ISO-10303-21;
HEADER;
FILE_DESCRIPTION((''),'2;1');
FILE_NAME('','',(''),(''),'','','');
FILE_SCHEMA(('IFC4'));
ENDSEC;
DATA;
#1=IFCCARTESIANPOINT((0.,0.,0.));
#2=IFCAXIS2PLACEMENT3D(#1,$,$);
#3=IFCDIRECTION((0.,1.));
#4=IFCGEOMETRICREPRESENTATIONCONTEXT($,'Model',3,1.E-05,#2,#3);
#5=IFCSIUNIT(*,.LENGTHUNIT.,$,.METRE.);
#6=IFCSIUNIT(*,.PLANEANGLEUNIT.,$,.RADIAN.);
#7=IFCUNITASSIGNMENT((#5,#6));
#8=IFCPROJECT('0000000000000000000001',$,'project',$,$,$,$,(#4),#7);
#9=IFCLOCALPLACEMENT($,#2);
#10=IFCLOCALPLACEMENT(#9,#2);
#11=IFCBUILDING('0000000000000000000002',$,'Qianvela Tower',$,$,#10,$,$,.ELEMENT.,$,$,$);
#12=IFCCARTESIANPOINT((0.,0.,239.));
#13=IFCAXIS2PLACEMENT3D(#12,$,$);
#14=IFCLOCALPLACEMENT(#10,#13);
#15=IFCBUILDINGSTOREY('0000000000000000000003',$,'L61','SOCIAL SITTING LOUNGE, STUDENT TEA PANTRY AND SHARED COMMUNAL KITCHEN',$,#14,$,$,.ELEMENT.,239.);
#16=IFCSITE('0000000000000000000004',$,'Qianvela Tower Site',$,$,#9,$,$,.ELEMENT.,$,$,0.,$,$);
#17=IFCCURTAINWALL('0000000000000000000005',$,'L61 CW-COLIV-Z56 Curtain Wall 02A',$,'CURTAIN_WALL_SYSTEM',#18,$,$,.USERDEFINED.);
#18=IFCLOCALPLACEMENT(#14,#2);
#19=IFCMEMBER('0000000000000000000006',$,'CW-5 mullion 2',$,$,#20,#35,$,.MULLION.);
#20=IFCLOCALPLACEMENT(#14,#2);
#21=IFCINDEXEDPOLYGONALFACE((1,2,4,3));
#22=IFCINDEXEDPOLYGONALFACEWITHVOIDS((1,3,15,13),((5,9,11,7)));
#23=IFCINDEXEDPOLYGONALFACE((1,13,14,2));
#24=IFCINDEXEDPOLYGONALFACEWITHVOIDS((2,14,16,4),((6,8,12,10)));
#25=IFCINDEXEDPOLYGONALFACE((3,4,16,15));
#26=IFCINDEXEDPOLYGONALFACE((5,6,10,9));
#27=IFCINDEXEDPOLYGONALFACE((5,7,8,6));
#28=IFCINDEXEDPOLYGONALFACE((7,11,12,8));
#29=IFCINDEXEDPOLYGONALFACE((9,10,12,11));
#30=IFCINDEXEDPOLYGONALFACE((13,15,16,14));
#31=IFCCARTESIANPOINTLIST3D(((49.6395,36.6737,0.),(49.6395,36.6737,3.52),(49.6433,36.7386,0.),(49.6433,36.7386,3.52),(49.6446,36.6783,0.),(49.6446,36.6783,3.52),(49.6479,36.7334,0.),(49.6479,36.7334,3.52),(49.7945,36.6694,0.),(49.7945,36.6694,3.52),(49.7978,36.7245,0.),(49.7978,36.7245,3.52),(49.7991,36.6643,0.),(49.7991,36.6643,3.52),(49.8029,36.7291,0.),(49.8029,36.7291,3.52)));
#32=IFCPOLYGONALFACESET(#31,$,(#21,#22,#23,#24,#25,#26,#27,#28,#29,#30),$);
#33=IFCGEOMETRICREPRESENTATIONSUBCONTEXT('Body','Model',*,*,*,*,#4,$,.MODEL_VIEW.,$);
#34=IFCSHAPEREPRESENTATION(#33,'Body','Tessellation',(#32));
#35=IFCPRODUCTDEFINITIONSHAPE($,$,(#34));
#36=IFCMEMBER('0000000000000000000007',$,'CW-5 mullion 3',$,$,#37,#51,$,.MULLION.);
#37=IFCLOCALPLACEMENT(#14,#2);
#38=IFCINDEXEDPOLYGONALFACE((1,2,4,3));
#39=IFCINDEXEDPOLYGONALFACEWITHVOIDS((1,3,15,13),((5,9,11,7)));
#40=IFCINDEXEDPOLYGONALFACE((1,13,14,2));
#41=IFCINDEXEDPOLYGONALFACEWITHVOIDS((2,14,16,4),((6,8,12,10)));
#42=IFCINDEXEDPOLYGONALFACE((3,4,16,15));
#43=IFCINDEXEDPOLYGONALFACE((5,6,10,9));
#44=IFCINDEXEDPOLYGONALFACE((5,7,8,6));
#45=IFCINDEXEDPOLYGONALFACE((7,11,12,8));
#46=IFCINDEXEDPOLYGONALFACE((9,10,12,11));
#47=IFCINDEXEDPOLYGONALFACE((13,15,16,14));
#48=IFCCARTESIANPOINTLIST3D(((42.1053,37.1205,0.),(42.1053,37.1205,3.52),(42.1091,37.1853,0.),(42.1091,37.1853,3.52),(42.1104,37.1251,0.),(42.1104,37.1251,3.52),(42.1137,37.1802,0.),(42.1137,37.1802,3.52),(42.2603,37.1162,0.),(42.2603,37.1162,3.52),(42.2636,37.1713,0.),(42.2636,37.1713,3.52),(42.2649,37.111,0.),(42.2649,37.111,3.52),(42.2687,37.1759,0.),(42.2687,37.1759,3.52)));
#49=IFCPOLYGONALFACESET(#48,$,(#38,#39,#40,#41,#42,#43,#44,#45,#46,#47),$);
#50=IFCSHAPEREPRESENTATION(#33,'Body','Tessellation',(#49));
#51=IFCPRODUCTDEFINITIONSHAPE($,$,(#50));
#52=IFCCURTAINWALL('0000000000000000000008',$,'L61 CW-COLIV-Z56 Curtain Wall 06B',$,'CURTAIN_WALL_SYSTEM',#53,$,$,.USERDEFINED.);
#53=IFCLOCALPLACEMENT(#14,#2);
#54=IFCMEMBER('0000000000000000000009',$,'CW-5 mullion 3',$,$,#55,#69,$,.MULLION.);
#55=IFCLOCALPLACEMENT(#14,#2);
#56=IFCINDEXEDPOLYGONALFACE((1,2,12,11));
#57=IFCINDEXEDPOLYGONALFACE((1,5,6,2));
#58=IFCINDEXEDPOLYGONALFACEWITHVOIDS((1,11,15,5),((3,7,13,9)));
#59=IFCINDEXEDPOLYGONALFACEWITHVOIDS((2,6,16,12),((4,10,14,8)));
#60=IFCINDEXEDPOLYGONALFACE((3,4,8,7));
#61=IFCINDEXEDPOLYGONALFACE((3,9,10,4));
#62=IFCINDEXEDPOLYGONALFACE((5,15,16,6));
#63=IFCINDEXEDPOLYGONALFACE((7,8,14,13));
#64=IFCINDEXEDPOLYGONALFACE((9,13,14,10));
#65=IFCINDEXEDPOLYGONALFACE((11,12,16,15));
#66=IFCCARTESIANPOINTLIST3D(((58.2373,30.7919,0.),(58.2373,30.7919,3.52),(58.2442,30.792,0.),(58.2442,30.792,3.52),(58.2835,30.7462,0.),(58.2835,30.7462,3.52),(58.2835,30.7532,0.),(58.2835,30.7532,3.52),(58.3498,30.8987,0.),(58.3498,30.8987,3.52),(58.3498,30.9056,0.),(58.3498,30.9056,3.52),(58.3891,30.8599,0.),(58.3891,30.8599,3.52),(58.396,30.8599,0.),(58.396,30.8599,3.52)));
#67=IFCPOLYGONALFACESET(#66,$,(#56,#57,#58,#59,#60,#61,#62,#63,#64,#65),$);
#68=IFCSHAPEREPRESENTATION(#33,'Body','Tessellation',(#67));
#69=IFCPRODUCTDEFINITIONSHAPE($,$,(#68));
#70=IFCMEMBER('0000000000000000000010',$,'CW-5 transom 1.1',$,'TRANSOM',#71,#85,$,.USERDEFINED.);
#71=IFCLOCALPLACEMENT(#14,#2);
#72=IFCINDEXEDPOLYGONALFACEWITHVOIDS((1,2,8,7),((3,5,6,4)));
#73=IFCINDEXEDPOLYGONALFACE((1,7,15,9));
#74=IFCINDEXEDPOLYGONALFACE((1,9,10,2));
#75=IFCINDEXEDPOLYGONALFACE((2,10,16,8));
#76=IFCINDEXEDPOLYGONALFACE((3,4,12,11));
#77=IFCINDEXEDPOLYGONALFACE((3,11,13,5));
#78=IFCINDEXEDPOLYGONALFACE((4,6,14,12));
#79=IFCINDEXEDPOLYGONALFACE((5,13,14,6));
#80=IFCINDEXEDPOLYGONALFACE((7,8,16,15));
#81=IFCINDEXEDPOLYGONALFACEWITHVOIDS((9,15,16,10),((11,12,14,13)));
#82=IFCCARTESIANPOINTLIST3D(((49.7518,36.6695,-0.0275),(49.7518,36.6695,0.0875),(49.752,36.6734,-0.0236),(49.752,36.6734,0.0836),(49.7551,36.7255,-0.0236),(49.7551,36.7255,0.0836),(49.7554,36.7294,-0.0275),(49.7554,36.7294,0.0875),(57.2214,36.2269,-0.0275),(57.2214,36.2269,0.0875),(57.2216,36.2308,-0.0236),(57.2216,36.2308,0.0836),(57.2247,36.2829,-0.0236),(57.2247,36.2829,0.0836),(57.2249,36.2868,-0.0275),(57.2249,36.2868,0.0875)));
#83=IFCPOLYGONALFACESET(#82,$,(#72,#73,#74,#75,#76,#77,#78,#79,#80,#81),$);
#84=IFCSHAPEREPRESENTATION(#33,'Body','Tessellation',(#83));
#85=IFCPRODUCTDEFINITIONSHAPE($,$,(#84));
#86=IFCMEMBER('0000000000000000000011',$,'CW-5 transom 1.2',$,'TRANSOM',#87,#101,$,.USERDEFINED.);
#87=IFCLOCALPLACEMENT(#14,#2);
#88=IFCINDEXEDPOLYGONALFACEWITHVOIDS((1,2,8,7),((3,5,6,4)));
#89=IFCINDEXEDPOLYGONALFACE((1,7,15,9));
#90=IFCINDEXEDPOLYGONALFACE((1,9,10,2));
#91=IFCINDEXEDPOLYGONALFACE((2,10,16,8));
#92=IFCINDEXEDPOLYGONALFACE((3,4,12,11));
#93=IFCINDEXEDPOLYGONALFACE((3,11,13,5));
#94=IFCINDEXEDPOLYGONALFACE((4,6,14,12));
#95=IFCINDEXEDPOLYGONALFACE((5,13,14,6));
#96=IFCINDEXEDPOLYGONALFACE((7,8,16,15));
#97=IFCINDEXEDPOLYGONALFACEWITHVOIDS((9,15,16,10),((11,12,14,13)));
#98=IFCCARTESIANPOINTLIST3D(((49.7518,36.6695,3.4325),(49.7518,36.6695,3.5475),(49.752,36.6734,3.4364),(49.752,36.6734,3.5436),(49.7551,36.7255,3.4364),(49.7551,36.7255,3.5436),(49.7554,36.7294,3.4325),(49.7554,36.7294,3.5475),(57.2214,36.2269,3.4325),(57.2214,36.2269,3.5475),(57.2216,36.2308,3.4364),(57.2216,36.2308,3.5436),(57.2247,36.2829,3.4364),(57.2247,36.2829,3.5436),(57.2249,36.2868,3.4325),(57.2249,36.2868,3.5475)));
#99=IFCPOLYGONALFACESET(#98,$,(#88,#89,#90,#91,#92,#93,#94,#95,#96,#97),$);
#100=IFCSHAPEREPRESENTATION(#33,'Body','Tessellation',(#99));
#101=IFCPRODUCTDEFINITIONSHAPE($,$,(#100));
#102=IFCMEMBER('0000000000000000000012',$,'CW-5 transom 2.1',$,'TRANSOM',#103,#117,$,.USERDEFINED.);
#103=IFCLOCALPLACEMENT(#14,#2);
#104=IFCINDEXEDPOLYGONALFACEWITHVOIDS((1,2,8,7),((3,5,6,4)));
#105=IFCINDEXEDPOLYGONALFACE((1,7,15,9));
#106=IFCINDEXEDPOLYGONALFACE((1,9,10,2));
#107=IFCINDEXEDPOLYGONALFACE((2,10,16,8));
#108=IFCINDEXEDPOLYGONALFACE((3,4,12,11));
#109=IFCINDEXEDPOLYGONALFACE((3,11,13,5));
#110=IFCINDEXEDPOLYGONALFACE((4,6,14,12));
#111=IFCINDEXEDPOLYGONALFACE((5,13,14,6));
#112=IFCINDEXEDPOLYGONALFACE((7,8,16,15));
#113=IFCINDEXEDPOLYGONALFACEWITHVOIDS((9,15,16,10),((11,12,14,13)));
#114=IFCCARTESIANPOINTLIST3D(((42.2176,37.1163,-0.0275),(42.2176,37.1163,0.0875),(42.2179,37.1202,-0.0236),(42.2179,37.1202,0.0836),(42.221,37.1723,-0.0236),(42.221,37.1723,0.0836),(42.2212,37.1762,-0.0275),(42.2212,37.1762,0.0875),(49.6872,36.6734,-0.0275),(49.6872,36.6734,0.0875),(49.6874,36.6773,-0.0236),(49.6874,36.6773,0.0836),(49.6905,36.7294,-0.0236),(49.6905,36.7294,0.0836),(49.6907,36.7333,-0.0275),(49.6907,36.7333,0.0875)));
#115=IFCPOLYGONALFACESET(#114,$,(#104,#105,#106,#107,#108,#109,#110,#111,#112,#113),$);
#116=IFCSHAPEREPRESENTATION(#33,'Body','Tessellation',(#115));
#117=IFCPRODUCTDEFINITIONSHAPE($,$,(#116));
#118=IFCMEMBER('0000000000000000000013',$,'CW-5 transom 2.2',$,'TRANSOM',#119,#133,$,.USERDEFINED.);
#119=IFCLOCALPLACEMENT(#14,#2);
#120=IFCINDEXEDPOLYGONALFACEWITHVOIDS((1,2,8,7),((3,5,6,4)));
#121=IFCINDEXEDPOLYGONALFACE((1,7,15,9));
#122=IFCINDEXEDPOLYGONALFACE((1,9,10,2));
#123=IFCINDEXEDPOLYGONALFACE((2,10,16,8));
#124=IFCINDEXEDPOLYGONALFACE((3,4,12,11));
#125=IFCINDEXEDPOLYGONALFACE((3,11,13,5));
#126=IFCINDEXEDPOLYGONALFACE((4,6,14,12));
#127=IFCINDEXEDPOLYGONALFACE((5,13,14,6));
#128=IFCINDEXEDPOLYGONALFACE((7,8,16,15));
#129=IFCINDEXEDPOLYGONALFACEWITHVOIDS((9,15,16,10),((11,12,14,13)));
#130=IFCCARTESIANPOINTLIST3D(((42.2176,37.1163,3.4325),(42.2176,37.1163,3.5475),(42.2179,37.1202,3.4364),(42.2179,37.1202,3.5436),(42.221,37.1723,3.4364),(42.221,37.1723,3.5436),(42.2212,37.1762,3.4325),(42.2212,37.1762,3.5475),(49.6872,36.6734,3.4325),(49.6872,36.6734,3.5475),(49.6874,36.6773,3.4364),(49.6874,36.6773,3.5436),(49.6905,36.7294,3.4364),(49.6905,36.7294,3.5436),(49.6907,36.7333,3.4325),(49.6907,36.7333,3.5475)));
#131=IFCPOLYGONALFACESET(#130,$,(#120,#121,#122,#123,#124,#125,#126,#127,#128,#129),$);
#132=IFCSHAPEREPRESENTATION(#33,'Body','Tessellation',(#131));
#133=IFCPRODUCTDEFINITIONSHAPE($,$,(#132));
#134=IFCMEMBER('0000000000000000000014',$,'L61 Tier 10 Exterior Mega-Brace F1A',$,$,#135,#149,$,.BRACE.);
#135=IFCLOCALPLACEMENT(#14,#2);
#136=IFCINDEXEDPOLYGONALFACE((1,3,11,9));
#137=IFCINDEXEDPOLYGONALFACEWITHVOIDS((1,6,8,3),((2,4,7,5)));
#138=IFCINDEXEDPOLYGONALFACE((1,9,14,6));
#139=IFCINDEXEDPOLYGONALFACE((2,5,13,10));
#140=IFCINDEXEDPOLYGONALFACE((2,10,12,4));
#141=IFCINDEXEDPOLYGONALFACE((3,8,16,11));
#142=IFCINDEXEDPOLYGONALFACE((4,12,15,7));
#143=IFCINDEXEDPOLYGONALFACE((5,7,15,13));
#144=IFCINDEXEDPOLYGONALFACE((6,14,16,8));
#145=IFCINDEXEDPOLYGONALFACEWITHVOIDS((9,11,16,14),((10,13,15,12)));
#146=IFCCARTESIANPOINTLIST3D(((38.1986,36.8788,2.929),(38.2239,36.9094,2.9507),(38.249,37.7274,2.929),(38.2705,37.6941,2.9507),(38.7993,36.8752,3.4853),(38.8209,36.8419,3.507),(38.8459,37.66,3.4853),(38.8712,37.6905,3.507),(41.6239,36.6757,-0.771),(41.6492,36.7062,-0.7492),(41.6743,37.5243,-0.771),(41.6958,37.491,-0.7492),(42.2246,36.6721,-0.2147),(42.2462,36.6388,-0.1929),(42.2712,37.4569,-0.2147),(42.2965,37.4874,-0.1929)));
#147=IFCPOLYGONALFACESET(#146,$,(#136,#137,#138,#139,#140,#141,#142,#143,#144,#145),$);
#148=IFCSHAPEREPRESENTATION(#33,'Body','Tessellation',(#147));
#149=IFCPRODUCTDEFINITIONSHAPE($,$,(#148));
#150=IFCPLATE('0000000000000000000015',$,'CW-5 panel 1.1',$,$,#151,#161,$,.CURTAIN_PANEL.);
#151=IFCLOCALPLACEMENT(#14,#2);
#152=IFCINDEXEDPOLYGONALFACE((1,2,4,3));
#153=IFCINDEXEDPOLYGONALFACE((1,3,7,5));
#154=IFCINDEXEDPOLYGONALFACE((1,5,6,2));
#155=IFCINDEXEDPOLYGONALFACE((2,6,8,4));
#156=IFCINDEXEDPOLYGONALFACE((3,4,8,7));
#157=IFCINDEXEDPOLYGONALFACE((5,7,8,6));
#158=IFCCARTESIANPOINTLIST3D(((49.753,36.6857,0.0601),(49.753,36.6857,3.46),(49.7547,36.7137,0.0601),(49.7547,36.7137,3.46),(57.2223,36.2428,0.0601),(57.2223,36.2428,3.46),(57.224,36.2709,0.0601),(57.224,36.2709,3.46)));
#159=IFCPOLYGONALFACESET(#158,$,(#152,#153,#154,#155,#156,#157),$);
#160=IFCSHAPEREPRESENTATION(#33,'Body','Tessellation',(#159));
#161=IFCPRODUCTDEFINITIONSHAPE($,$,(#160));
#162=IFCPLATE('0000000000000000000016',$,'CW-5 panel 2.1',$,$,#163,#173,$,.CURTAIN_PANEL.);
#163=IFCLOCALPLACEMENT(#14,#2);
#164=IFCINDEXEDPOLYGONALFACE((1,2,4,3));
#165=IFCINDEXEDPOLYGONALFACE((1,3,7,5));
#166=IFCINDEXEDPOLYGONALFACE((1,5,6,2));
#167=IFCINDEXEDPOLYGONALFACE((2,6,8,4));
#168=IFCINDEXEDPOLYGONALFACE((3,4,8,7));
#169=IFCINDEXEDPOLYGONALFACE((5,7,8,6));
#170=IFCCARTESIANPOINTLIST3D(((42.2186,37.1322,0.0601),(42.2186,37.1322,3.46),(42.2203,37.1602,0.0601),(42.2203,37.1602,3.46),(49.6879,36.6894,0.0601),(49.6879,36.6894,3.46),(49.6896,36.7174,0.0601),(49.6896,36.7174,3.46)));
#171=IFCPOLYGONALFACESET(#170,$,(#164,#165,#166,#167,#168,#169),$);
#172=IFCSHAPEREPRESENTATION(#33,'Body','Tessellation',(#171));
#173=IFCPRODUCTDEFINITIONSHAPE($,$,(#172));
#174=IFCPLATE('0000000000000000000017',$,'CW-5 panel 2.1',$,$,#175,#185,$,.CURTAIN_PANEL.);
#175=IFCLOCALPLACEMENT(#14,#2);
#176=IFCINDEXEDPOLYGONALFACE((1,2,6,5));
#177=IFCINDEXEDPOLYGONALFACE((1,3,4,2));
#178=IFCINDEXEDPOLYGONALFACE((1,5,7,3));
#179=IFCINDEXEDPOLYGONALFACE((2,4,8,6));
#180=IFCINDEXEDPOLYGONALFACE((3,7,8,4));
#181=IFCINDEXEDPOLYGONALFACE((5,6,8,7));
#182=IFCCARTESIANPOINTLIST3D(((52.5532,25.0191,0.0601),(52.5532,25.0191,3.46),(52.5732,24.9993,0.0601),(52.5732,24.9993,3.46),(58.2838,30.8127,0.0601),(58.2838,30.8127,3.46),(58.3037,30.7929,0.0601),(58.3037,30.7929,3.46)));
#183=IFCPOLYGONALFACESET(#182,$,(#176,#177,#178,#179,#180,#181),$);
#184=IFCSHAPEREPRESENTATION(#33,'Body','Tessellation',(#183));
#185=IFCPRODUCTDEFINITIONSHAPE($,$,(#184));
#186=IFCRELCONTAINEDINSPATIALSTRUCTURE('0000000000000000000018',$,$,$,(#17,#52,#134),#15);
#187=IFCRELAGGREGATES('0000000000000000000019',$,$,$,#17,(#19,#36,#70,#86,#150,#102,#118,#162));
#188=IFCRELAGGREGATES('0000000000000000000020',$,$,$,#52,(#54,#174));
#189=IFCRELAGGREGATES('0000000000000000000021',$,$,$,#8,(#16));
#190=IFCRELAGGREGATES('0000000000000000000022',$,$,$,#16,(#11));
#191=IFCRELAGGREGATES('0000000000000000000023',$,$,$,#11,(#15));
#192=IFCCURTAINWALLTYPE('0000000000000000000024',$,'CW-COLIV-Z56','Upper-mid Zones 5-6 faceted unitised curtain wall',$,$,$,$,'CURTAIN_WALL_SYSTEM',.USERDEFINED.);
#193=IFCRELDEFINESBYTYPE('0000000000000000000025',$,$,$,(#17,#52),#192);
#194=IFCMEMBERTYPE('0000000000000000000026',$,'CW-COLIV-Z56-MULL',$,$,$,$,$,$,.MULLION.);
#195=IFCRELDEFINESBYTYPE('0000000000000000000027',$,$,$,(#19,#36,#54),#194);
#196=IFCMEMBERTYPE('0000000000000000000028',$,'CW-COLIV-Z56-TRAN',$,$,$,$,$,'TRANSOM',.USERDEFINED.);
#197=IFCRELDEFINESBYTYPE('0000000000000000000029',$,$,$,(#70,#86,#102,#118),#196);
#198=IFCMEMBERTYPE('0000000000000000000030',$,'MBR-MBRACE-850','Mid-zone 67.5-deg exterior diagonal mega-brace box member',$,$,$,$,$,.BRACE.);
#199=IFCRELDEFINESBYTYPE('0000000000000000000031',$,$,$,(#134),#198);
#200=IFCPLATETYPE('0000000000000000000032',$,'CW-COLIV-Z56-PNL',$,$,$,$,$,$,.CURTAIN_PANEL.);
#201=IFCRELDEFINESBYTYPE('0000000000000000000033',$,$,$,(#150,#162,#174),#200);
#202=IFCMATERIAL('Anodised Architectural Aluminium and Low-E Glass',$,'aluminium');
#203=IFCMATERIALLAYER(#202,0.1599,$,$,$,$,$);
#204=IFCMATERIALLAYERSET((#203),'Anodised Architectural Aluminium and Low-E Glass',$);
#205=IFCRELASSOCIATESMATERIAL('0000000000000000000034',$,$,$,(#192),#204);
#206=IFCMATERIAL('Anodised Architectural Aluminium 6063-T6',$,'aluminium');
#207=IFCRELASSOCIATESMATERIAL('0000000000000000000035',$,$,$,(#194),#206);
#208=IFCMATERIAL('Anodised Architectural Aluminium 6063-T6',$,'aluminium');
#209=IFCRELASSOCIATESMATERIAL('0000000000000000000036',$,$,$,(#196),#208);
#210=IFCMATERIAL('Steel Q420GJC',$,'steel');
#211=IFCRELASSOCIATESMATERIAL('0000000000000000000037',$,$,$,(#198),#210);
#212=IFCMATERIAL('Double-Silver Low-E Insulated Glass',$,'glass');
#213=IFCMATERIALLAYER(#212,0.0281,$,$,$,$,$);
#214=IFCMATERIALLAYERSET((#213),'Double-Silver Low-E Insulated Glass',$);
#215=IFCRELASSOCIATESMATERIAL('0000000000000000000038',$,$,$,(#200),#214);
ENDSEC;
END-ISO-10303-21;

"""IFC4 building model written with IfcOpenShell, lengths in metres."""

from ifc_helpers import new_model, si_unit, direction, frame, origin, origin_2d, place, context, subcontext, project, spatial, rectangle, hollow_rectangle, extrude, material, layer, layer_set, material_profile, profile_set, type_object, element, aggregate, save


model = new_model("IFC4")

# Units and contexts
model_context = context("Model", 3, precision=1e-05, world=origin(), true_north=direction((0.0, 1.0)))
body_context = subcontext(model_context, "Body", "Model", "MODEL_VIEW")
ifc_project = project(units=[si_unit("LENGTHUNIT", "METRE"), si_unit("PLANEANGLEUNIT", "RADIAN")], contexts=[model_context])

# Site, building, storey
site_placement = place(None, origin())
site = spatial("IfcSite", under=ifc_project, at=site_placement, Name="Qianvela Tower Site", CompositionType="ELEMENT", RefElevation=0.0)
building_placement = place(site_placement, origin())
building = spatial("IfcBuilding", under=site, at=building_placement, Name="Qianvela Tower", CompositionType="ELEMENT")
storey_placement = place(building_placement, frame((0.0, 0.0, 239.0)))
storey = spatial("IfcBuildingStorey", under=building, at=storey_placement, Name="L61", Description="SOCIAL SITTING LOUNGE, STUDENT TEA PANTRY AND SHARED COMMUNAL KITCHEN", CompositionType="ELEMENT", Elevation=239.0)

# Curtain wall, members
ifc_material_1 = material(Name="Anodised Architectural Aluminium and Low-E Glass", Category="aluminium")
ifc_layer_1 = layer(ifc_material_1, 0.1599)
ifc_layer_set_1 = layer_set([ifc_layer_1], Name="Anodised Architectural Aluminium and Low-E Glass")
curtain_wall_type_1 = type_object("IfcCurtainWallType", Name="CW-COLIV-Z56", Description="Upper-mid Zones 5-6 faceted unitised curtain wall", ElementType="CURTAIN_WALL_SYSTEM", PredefinedType="USERDEFINED", material=ifc_layer_set_1)
curtain_wall_1_placement = place(storey_placement, origin())
curtain_wall_1 = element("IfcCurtainWall", 1, at=curtain_wall_1_placement, inside=storey, type_object=curtain_wall_type_1, Name="L61 CW-COLIV-Z56 Curtain Wall 02A", ObjectType="CURTAIN_WALL_SYSTEM", PredefinedType="USERDEFINED")
ifc_material_2 = material(Name="Anodised Architectural Aluminium 6063-T6", Category="aluminium")
ifc_material_profile_1 = material_profile(ifc_material_2, hollow_rectangle(XDim=0.0649, YDim=0.1599, WallThickness=0.0049, at=origin_2d()), Name="ALU-MULL-65x160")
ifc_profile_set_1 = profile_set([ifc_material_profile_1], Name="Anodised Architectural Aluminium 6063-T6")
member_type_1 = type_object("IfcMemberType", Name="CW-COLIV-Z56-MULL", PredefinedType="MULLION", material=ifc_profile_set_1)
member_1_placement = place(storey_placement, frame((49.7212, 36.7014, 0.0), z_axis=(0.0, 0.0, 1.0), x_axis=(-0.059182, -0.998247, 0.0)))
member_1 = element("IfcMember", 2, at=member_1_placement, type_object=member_type_1, Name="CW-5 mullion 2", PredefinedType="MULLION", context=body_context, shape_type="SweptSolid", body=[
    extrude(hollow_rectangle(XDim=0.0649, YDim=0.1599, WallThickness=0.0049, at=origin_2d()), origin(), (0.0, 0.0, 1.0), 3.52),
])
member_2_placement = place(storey_placement, frame((42.187, 37.1482, 0.0), z_axis=(0.0, 0.0, 1.0), x_axis=(-0.059182, -0.998247, 0.0)))
member_2 = element("IfcMember", 3, at=member_2_placement, type_object=member_type_1, Name="CW-5 mullion 3", PredefinedType="MULLION", context=body_context, shape_type="SweptSolid", body=[
    extrude(hollow_rectangle(XDim=0.0649, YDim=0.1599, WallThickness=0.0049, at=origin_2d()), origin(), (0.0, 0.0, 1.0), 3.52),
])

# Curtain wall, member
curtain_wall_2_placement = place(storey_placement, origin())
curtain_wall_2 = element("IfcCurtainWall", 4, at=curtain_wall_2_placement, inside=storey, type_object=curtain_wall_type_1, Name="L61 CW-COLIV-Z56 Curtain Wall 06B", ObjectType="CURTAIN_WALL_SYSTEM", PredefinedType="USERDEFINED")
member_3_placement = place(storey_placement, frame((58.3167, 30.8259, 0.0), z_axis=(0.0, 0.0, 1.0), x_axis=(-0.710962, 0.703231, 0.0)))
member_3 = element("IfcMember", 5, at=member_3_placement, type_object=member_type_1, Name="CW-5 mullion 3", PredefinedType="MULLION", context=body_context, shape_type="SweptSolid", body=[
    extrude(hollow_rectangle(XDim=0.0649, YDim=0.1599, WallThickness=0.0049, at=origin_2d()), origin(), (0.0, 0.0, 1.0), 3.52),
])

# Members
ifc_material_3 = material(Name="Anodised Architectural Aluminium 6063-T6", Category="aluminium")
ifc_material_profile_2 = material_profile(ifc_material_3, hollow_rectangle(XDim=0.0601, YDim=0.115, WallThickness=0.0039, at=origin_2d()), Name="ALU-TRAN-60x115")
ifc_profile_set_2 = profile_set([ifc_material_profile_2], Name="Anodised Architectural Aluminium 6063-T6")
member_type_2 = type_object("IfcMemberType", Name="CW-COLIV-Z56-TRAN", ElementType="TRANSOM", PredefinedType="USERDEFINED", material=ifc_profile_set_2)
member_4_placement = place(storey_placement, frame((57.2231, 36.2568, 0.03), z_axis=(-0.998249, 0.059154, 0.0), x_axis=(-0.059154, -0.998249, 0.0)))
member_4 = element("IfcMember", 6, at=member_4_placement, type_object=member_type_2, Name="CW-5 transom 1.1", ObjectType="TRANSOM", PredefinedType="USERDEFINED", context=body_context, shape_type="SweptSolid", body=[
    extrude(hollow_rectangle(XDim=0.0601, YDim=0.115, WallThickness=0.0039, at=origin_2d()), origin(), (0.0, 0.0, 1.0), 7.4827),
])
member_5_placement = place(storey_placement, frame((57.2231, 36.2568, 3.49), z_axis=(-0.998249, 0.059154, 0.0), x_axis=(-0.059154, -0.998249, 0.0)))
member_5 = element("IfcMember", 7, at=member_5_placement, type_object=member_type_2, Name="CW-5 transom 1.2", ObjectType="TRANSOM", PredefinedType="USERDEFINED", context=body_context, shape_type="SweptSolid", body=[
    extrude(hollow_rectangle(XDim=0.0601, YDim=0.115, WallThickness=0.0039, at=origin_2d()), origin(), (0.0, 0.0, 1.0), 7.4827),
])
member_6_placement = place(storey_placement, frame((49.689, 36.7034, 0.03), z_axis=(-0.998247, 0.059187, 0.0), x_axis=(-0.059187, -0.998247, 0.0)))
member_6 = element("IfcMember", 8, at=member_6_placement, type_object=member_type_2, Name="CW-5 transom 2.1", ObjectType="TRANSOM", PredefinedType="USERDEFINED", context=body_context, shape_type="SweptSolid", body=[
    extrude(hollow_rectangle(XDim=0.0601, YDim=0.115, WallThickness=0.0039, at=origin_2d()), origin(), (0.0, 0.0, 1.0), 7.4827),
])
member_7_placement = place(storey_placement, frame((49.689, 36.7034, 3.49), z_axis=(-0.998247, 0.059187, 0.0), x_axis=(-0.059187, -0.998247, 0.0)))
member_7 = element("IfcMember", 9, at=member_7_placement, type_object=member_type_2, Name="CW-5 transom 2.2", ObjectType="TRANSOM", PredefinedType="USERDEFINED", context=body_context, shape_type="SweptSolid", body=[
    extrude(hollow_rectangle(XDim=0.0601, YDim=0.115, WallThickness=0.0039, at=origin_2d()), origin(), (0.0, 0.0, 1.0), 7.4827),
])
ifc_material_4 = material(Name="Steel Q420GJC", Category="steel")
ifc_material_profile_3 = material_profile(ifc_material_4, hollow_rectangle(XDim=0.8501, YDim=0.8501, WallThickness=0.032, at=origin_2d()), Name="MBOX-850x850x32")
ifc_profile_set_3 = profile_set([ifc_material_profile_3], Name="Steel Q420GJC")
member_type_3 = type_object("IfcMemberType", Name="MBR-MBRACE-850", Description="Mid-zone 67.5-deg exterior diagonal mega-brace box member", PredefinedType="BRACE", material=ifc_profile_set_3)
member_8_placement = place(storey_placement, frame((41.9602, 37.0815, -0.4819), z_axis=(-0.678795, 0.040254, 0.733224), x_axis=(-0.059197, -0.998246, 0.0)))
element("IfcMember", 10, at=member_8_placement, inside=storey, type_object=member_type_3, Name="L61 Tier 10 Exterior Mega-Brace F1A", PredefinedType="BRACE", context=body_context, shape_type="SweptSolid", body=[
    extrude(hollow_rectangle(XDim=0.8501, YDim=0.8501, WallThickness=0.032, at=origin_2d()), origin(), (0.0, 0.0, 1.0), 5.0461),
])

# Plates
ifc_material_5 = material(Name="Double-Silver Low-E Insulated Glass", Category="glass")
ifc_layer_2 = layer(ifc_material_5, 0.0281)
ifc_layer_set_2 = layer_set([ifc_layer_2], Name="Double-Silver Low-E Insulated Glass")
plate_type_1 = type_object("IfcPlateType", Name="CW-COLIV-Z56-PNL", PredefinedType="CURTAIN_PANEL", material=ifc_layer_set_2)
plate_1_placement = place(storey_placement, frame((53.4885, 36.4783, 0.0601), z_axis=(0.0, 0.0, 1.0), x_axis=(-0.998247, 0.059182, 0.0)))
plate_1 = element("IfcPlate", 11, at=plate_1_placement, type_object=plate_type_1, Name="CW-5 panel 1.1", PredefinedType="CURTAIN_PANEL", context=body_context, shape_type="SweptSolid", body=[
    extrude(rectangle(XDim=7.4824, YDim=0.0281, at=origin_2d()), origin(), (0.0, 0.0, 1.0), 3.3999),
])
plate_2_placement = place(storey_placement, frame((45.9541, 36.9248, 0.0601), z_axis=(0.0, 0.0, 1.0), x_axis=(-0.998247, 0.059182, 0.0)))
plate_2 = element("IfcPlate", 12, at=plate_2_placement, type_object=plate_type_1, Name="CW-5 panel 2.1", PredefinedType="CURTAIN_PANEL", context=body_context, shape_type="SweptSolid", body=[
    extrude(rectangle(XDim=7.4824, YDim=0.0281, at=origin_2d()), origin(), (0.0, 0.0, 1.0), 3.3999),
])
aggregate(curtain_wall_1, [member_1, member_2, member_4, member_5, plate_1, member_6, member_7, plate_2])
plate_3_placement = place(storey_placement, frame((55.4285, 27.906, 0.0601), z_axis=(0.0, 0.0, 1.0), x_axis=(0.703231, 0.710962, 0.0)))
plate_3 = element("IfcPlate", 13, at=plate_3_placement, type_object=plate_type_1, Name="CW-5 panel 2.1", PredefinedType="CURTAIN_PANEL", context=body_context, shape_type="SweptSolid", body=[
    extrude(rectangle(XDim=8.1489, YDim=0.0281, at=origin_2d()), origin(), (0.0, 0.0, 1.0), 3.3999),
])
aggregate(curtain_wall_2, [member_3, plate_3])

save(model, "model.ifc")
